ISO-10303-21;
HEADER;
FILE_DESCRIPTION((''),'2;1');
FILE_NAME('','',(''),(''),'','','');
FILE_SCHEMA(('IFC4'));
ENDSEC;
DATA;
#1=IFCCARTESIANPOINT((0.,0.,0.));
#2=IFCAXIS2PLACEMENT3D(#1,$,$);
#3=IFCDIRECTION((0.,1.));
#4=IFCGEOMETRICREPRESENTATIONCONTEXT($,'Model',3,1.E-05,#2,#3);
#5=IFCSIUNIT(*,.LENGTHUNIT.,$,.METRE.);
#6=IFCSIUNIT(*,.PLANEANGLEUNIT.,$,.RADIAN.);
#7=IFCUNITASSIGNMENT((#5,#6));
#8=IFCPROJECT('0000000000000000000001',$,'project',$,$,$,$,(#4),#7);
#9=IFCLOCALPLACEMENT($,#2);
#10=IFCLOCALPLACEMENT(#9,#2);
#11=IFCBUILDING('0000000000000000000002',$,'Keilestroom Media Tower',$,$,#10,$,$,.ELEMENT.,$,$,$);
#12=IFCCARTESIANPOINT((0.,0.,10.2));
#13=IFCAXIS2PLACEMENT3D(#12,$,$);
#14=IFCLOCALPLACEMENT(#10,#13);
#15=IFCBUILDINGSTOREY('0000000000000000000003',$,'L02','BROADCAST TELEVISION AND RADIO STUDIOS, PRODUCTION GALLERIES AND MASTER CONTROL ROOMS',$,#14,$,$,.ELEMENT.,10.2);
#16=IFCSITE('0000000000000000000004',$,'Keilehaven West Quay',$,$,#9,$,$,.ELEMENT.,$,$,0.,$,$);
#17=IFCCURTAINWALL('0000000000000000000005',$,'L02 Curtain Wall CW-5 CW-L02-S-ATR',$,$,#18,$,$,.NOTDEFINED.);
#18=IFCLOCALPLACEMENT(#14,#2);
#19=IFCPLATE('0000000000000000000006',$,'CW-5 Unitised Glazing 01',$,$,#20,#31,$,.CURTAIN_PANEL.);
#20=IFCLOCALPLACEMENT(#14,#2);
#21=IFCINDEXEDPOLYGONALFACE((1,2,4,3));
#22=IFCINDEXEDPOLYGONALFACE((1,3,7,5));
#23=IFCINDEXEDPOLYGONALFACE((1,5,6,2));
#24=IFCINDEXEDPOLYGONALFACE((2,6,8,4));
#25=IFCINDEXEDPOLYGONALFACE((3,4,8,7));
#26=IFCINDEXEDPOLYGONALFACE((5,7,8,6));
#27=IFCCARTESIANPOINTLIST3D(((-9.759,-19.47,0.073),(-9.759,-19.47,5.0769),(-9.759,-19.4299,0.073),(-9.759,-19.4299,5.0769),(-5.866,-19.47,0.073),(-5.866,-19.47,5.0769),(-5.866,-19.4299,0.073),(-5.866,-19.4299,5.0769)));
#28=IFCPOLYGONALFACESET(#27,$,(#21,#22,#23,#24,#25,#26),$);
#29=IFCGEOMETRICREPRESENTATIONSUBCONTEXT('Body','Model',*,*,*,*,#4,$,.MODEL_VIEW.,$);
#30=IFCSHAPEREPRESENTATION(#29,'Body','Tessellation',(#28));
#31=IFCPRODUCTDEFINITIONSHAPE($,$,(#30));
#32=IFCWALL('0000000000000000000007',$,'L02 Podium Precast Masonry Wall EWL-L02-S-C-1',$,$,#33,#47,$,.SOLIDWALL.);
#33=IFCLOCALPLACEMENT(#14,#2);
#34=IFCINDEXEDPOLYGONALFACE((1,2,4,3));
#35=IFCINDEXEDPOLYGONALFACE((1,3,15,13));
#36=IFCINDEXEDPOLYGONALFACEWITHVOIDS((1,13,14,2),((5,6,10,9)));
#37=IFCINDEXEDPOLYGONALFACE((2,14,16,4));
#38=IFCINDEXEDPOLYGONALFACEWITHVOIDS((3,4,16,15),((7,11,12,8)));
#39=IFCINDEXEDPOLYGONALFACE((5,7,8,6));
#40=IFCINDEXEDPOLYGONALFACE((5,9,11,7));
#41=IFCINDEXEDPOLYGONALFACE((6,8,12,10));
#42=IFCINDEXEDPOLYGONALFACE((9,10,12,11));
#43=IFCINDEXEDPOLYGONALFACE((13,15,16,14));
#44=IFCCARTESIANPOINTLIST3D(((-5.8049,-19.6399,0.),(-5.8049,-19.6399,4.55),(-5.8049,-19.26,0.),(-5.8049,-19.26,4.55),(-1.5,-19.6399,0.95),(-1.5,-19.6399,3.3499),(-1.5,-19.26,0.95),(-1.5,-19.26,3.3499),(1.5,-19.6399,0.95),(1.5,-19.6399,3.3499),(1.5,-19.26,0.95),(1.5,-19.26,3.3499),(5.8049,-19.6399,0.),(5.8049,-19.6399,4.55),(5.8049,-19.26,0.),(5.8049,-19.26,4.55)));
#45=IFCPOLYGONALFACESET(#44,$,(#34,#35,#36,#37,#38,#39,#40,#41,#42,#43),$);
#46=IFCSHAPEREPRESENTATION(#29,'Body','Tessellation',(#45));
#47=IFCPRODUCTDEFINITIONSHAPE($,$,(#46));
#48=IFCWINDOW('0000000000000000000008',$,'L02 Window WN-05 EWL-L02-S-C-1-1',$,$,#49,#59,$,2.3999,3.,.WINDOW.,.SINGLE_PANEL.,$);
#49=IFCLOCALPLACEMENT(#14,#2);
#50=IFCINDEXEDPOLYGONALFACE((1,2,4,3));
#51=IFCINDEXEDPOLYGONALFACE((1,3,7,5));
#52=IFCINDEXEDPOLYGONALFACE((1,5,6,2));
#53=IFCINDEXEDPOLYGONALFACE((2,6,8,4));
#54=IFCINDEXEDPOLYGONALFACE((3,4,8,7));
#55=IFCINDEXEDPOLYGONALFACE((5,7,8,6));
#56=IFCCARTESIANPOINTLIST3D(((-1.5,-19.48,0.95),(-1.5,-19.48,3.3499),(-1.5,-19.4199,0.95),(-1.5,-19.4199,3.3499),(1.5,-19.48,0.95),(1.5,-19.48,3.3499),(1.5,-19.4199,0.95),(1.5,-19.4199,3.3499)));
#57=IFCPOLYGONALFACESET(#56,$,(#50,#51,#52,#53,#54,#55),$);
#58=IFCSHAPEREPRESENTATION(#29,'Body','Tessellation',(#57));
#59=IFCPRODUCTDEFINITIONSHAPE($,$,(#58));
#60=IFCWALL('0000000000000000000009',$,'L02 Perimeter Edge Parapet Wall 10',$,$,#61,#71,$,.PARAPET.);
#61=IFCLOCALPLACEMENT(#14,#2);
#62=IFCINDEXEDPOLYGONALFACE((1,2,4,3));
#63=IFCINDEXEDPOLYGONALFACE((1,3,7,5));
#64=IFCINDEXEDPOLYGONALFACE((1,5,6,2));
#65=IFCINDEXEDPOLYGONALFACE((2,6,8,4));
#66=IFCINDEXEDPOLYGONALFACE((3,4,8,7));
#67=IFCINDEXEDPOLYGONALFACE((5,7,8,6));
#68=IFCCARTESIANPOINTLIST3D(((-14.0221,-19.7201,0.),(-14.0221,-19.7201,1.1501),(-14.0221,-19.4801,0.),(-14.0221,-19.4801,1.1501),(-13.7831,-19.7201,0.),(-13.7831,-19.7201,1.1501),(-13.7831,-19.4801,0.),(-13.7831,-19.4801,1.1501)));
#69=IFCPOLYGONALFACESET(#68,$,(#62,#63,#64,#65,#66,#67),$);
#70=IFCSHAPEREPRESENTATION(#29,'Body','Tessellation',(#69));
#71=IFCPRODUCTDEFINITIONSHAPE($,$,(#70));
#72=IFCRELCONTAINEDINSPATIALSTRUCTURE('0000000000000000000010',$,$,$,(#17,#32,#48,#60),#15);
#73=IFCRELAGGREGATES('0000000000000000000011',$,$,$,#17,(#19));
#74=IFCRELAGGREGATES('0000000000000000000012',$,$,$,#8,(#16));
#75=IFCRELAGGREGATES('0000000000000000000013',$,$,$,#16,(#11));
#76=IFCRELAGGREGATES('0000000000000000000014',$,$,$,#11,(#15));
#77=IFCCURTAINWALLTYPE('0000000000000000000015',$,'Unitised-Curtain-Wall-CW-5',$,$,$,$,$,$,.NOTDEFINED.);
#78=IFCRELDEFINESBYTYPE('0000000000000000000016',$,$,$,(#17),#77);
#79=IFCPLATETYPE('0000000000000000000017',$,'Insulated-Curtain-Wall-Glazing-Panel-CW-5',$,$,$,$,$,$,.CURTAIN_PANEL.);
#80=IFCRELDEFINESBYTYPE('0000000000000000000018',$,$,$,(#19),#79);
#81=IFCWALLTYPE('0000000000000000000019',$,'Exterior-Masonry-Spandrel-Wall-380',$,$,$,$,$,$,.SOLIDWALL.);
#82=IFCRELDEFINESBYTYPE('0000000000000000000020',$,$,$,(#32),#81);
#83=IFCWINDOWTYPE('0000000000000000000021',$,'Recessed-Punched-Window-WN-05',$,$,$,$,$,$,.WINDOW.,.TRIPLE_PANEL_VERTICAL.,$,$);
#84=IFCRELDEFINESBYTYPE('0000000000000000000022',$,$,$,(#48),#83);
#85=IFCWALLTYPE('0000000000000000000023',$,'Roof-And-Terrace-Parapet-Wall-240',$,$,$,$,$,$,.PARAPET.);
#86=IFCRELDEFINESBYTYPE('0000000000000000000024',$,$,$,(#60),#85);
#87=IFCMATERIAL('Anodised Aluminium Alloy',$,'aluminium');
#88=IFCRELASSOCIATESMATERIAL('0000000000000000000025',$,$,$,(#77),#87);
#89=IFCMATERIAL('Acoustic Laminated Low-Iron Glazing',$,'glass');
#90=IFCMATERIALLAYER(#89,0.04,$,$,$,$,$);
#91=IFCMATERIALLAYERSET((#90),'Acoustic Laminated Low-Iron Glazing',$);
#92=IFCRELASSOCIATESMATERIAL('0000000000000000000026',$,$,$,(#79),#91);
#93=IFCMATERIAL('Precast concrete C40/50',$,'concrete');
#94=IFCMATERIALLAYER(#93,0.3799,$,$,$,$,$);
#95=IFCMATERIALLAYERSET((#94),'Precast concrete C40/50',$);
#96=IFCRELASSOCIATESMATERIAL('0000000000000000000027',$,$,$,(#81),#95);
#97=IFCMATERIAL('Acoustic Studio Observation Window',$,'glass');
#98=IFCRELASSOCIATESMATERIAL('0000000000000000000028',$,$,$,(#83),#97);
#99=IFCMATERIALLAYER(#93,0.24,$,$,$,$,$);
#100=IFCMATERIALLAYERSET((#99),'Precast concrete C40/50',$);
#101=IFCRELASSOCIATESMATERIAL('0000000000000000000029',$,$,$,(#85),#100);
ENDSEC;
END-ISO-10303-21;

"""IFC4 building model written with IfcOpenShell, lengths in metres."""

from ifc_helpers import new_model, si_unit, direction, frame, frame_2d, origin, origin_2d, place, context, subcontext, project, spatial, rectangle, extrude, source, transform, mapped, material, layer, layer_set, type_object, element, fill, aggregate, save


model = new_model("IFC4")

# Units and contexts
model_context = context("Model", 3, precision=1e-05, world=origin(), true_north=direction((0.0, 1.0)))
body_context = subcontext(model_context, "Body", "Model", "MODEL_VIEW")
ifc_project = project(units=[si_unit("LENGTHUNIT", "METRE"), si_unit("PLANEANGLEUNIT", "RADIAN")], contexts=[model_context])

# Site, building, storey
site_placement = place(None, origin())
site = spatial("IfcSite", under=ifc_project, at=site_placement, Name="Keilehaven West Quay", CompositionType="ELEMENT", RefElevation=0.0)
building_placement = place(site_placement, origin())
building = spatial("IfcBuilding", under=site, at=building_placement, Name="Keilestroom Media Tower", CompositionType="ELEMENT")
storey_placement = place(building_placement, frame((0.0, 0.0, 10.2)))
storey = spatial("IfcBuildingStorey", under=building, at=storey_placement, Name="L02", Description="BROADCAST TELEVISION AND RADIO STUDIOS, PRODUCTION GALLERIES AND MASTER CONTROL ROOMS", CompositionType="ELEMENT", Elevation=10.2)

# Shared definitions
ifc_material_1 = material(Name="Precast concrete C40/50", Category="concrete")

# Curtain wall, plate
ifc_material_2 = material(Name="Anodised Aluminium Alloy", Category="aluminium")
curtain_wall_type = type_object("IfcCurtainWallType", Name="Unitised-Curtain-Wall-CW-5", PredefinedType="NOTDEFINED", material=ifc_material_2)
curtain_wall_placement = place(storey_placement, origin())
curtain_wall = element("IfcCurtainWall", 1, at=curtain_wall_placement, inside=storey, type_object=curtain_wall_type, Name="L02 Curtain Wall CW-5 CW-L02-S-ATR", PredefinedType="NOTDEFINED")
ifc_material_3 = material(Name="Acoustic Laminated Low-Iron Glazing", Category="glass")
ifc_layer_1 = layer(ifc_material_3, 0.04)
ifc_layer_set_1 = layer_set([ifc_layer_1], Name="Acoustic Laminated Low-Iron Glazing")
plate_type = type_object("IfcPlateType", Name="Insulated-Curtain-Wall-Glazing-Panel-CW-5", PredefinedType="CURTAIN_PANEL", material=ifc_layer_set_1)
shared_shape_1 = source(origin(), body_context, "Body", "SweptSolid", [
    extrude(rectangle(XDim=3.8931, YDim=0.04, at=origin_2d()), origin(), (0.0, 0.0, 1.0), 5.0039),
])
plate_1_placement = place(storey_placement, frame((-7.8125, -19.45, 0.073), z_axis=(0.0, 0.0, 1.0), x_axis=(1.0, 0.0, 0.0)))
plate_1 = element("IfcPlate", 2, at=plate_1_placement, type_object=plate_type, Name="CW-5 Unitised Glazing 01", PredefinedType="CURTAIN_PANEL", context=body_context, shape_type="MappedRepresentation", body=[
    mapped(shared_shape_1, transform((0.0, 0.0, 0.0), x_axis=(1.0, 0.0, 0.0), y_axis=(0.0, 1.0, 0.0), z_axis=(0.0, 0.0, 1.0), scale=1.0)),
])
aggregate(curtain_wall, [plate_1])

# Wall, opening, window
ifc_layer_2 = layer(ifc_material_1, 0.3799)
ifc_layer_set_2 = layer_set([ifc_layer_2], Name="Precast concrete C40/50")
wall_type_1 = type_object("IfcWallType", Name="Exterior-Masonry-Spandrel-Wall-380", PredefinedType="SOLIDWALL", material=ifc_layer_set_2)
wall_1_placement = place(storey_placement, frame((-5.8049, -19.45, 0.0), z_axis=(0.0, 0.0, 1.0), x_axis=(1.0, 0.0, 0.0)))
wall_1 = element("IfcWall", 3, at=wall_1_placement, inside=storey, type_object=wall_type_1, Name="L02 Podium Precast Masonry Wall EWL-L02-S-C-1", PredefinedType="SOLIDWALL", context=body_context, shape_type="SweptSolid", body=[
    extrude(rectangle(XDim=11.6099, YDim=0.3799, at=frame_2d((5.8049, 0.0))), origin(), (0.0, 0.0, 1.0), 4.55),
])
opening_placement = place(wall_1_placement, frame((4.3049, 0.0, 0.95)))
opening = element("IfcOpeningElement", 4, at=opening_placement, cuts=wall_1, PredefinedType="OPENING", context=body_context, shape_type="SweptSolid", body=[
    extrude(rectangle(XDim=3.0, YDim=2.3999, at=frame_2d((1.5, 1.2))), frame((0.0, 0.2, 0.0), z_axis=(0.0, -1.0, 0.0), x_axis=(1.0, 0.0, 0.0)), (0.0, 0.0, 1.0), 0.3999),
])
ifc_material_4 = material(Name="Acoustic Studio Observation Window", Category="glass")
window_type = type_object("IfcWindowType", Name="Recessed-Punched-Window-WN-05", PartitioningType="TRIPLE_PANEL_VERTICAL", PredefinedType="WINDOW", material=ifc_material_4)
shared_shape_2 = source(origin(), body_context, "Body", "SweptSolid", [
    extrude(rectangle(XDim=3.0, YDim=2.3999, at=frame_2d((1.5, 1.2))), frame((0.0, 0.03, 0.0), z_axis=(0.0, -1.0, 0.0), x_axis=(1.0, 0.0, 0.0)), (0.0, 0.0, 1.0), 0.0601),
])
window_placement = place(opening_placement, origin())
window = element("IfcWindow", 5, at=window_placement, inside=storey, type_object=window_type, Name="L02 Window WN-05 EWL-L02-S-C-1-1", OverallHeight=2.3999, OverallWidth=3.0, PartitioningType="SINGLE_PANEL", PredefinedType="WINDOW", context=body_context, shape_type="MappedRepresentation", body=[
    mapped(shared_shape_2, transform((0.0, 0.0, 0.0), x_axis=(1.0, 0.0, 0.0), y_axis=(0.0, 1.0, 0.0), z_axis=(0.0, 0.0, 1.0), scale=1.0)),
])
fill(opening, window)

# Wall
ifc_layer_3 = layer(ifc_material_1, 0.24)
ifc_layer_set_3 = layer_set([ifc_layer_3], Name="Precast concrete C40/50")
wall_type_2 = type_object("IfcWallType", Name="Roof-And-Terrace-Parapet-Wall-240", PredefinedType="PARAPET", material=ifc_layer_set_3)
wall_2_placement = place(storey_placement, frame((-13.783, -19.6001, 0.0), z_axis=(0.0, 0.0, 1.0), x_axis=(-1.0, 0.0, 0.0)))
element("IfcWall", 6, at=wall_2_placement, inside=storey, type_object=wall_type_2, Name="L02 Perimeter Edge Parapet Wall 10", PredefinedType="PARAPET", context=body_context, shape_type="SweptSolid", body=[
    extrude(rectangle(XDim=0.239, YDim=0.24, at=frame_2d((0.1196, 0.0))), origin(), (0.0, 0.0, 1.0), 1.1501),
])

save(model, "model.ifc")
